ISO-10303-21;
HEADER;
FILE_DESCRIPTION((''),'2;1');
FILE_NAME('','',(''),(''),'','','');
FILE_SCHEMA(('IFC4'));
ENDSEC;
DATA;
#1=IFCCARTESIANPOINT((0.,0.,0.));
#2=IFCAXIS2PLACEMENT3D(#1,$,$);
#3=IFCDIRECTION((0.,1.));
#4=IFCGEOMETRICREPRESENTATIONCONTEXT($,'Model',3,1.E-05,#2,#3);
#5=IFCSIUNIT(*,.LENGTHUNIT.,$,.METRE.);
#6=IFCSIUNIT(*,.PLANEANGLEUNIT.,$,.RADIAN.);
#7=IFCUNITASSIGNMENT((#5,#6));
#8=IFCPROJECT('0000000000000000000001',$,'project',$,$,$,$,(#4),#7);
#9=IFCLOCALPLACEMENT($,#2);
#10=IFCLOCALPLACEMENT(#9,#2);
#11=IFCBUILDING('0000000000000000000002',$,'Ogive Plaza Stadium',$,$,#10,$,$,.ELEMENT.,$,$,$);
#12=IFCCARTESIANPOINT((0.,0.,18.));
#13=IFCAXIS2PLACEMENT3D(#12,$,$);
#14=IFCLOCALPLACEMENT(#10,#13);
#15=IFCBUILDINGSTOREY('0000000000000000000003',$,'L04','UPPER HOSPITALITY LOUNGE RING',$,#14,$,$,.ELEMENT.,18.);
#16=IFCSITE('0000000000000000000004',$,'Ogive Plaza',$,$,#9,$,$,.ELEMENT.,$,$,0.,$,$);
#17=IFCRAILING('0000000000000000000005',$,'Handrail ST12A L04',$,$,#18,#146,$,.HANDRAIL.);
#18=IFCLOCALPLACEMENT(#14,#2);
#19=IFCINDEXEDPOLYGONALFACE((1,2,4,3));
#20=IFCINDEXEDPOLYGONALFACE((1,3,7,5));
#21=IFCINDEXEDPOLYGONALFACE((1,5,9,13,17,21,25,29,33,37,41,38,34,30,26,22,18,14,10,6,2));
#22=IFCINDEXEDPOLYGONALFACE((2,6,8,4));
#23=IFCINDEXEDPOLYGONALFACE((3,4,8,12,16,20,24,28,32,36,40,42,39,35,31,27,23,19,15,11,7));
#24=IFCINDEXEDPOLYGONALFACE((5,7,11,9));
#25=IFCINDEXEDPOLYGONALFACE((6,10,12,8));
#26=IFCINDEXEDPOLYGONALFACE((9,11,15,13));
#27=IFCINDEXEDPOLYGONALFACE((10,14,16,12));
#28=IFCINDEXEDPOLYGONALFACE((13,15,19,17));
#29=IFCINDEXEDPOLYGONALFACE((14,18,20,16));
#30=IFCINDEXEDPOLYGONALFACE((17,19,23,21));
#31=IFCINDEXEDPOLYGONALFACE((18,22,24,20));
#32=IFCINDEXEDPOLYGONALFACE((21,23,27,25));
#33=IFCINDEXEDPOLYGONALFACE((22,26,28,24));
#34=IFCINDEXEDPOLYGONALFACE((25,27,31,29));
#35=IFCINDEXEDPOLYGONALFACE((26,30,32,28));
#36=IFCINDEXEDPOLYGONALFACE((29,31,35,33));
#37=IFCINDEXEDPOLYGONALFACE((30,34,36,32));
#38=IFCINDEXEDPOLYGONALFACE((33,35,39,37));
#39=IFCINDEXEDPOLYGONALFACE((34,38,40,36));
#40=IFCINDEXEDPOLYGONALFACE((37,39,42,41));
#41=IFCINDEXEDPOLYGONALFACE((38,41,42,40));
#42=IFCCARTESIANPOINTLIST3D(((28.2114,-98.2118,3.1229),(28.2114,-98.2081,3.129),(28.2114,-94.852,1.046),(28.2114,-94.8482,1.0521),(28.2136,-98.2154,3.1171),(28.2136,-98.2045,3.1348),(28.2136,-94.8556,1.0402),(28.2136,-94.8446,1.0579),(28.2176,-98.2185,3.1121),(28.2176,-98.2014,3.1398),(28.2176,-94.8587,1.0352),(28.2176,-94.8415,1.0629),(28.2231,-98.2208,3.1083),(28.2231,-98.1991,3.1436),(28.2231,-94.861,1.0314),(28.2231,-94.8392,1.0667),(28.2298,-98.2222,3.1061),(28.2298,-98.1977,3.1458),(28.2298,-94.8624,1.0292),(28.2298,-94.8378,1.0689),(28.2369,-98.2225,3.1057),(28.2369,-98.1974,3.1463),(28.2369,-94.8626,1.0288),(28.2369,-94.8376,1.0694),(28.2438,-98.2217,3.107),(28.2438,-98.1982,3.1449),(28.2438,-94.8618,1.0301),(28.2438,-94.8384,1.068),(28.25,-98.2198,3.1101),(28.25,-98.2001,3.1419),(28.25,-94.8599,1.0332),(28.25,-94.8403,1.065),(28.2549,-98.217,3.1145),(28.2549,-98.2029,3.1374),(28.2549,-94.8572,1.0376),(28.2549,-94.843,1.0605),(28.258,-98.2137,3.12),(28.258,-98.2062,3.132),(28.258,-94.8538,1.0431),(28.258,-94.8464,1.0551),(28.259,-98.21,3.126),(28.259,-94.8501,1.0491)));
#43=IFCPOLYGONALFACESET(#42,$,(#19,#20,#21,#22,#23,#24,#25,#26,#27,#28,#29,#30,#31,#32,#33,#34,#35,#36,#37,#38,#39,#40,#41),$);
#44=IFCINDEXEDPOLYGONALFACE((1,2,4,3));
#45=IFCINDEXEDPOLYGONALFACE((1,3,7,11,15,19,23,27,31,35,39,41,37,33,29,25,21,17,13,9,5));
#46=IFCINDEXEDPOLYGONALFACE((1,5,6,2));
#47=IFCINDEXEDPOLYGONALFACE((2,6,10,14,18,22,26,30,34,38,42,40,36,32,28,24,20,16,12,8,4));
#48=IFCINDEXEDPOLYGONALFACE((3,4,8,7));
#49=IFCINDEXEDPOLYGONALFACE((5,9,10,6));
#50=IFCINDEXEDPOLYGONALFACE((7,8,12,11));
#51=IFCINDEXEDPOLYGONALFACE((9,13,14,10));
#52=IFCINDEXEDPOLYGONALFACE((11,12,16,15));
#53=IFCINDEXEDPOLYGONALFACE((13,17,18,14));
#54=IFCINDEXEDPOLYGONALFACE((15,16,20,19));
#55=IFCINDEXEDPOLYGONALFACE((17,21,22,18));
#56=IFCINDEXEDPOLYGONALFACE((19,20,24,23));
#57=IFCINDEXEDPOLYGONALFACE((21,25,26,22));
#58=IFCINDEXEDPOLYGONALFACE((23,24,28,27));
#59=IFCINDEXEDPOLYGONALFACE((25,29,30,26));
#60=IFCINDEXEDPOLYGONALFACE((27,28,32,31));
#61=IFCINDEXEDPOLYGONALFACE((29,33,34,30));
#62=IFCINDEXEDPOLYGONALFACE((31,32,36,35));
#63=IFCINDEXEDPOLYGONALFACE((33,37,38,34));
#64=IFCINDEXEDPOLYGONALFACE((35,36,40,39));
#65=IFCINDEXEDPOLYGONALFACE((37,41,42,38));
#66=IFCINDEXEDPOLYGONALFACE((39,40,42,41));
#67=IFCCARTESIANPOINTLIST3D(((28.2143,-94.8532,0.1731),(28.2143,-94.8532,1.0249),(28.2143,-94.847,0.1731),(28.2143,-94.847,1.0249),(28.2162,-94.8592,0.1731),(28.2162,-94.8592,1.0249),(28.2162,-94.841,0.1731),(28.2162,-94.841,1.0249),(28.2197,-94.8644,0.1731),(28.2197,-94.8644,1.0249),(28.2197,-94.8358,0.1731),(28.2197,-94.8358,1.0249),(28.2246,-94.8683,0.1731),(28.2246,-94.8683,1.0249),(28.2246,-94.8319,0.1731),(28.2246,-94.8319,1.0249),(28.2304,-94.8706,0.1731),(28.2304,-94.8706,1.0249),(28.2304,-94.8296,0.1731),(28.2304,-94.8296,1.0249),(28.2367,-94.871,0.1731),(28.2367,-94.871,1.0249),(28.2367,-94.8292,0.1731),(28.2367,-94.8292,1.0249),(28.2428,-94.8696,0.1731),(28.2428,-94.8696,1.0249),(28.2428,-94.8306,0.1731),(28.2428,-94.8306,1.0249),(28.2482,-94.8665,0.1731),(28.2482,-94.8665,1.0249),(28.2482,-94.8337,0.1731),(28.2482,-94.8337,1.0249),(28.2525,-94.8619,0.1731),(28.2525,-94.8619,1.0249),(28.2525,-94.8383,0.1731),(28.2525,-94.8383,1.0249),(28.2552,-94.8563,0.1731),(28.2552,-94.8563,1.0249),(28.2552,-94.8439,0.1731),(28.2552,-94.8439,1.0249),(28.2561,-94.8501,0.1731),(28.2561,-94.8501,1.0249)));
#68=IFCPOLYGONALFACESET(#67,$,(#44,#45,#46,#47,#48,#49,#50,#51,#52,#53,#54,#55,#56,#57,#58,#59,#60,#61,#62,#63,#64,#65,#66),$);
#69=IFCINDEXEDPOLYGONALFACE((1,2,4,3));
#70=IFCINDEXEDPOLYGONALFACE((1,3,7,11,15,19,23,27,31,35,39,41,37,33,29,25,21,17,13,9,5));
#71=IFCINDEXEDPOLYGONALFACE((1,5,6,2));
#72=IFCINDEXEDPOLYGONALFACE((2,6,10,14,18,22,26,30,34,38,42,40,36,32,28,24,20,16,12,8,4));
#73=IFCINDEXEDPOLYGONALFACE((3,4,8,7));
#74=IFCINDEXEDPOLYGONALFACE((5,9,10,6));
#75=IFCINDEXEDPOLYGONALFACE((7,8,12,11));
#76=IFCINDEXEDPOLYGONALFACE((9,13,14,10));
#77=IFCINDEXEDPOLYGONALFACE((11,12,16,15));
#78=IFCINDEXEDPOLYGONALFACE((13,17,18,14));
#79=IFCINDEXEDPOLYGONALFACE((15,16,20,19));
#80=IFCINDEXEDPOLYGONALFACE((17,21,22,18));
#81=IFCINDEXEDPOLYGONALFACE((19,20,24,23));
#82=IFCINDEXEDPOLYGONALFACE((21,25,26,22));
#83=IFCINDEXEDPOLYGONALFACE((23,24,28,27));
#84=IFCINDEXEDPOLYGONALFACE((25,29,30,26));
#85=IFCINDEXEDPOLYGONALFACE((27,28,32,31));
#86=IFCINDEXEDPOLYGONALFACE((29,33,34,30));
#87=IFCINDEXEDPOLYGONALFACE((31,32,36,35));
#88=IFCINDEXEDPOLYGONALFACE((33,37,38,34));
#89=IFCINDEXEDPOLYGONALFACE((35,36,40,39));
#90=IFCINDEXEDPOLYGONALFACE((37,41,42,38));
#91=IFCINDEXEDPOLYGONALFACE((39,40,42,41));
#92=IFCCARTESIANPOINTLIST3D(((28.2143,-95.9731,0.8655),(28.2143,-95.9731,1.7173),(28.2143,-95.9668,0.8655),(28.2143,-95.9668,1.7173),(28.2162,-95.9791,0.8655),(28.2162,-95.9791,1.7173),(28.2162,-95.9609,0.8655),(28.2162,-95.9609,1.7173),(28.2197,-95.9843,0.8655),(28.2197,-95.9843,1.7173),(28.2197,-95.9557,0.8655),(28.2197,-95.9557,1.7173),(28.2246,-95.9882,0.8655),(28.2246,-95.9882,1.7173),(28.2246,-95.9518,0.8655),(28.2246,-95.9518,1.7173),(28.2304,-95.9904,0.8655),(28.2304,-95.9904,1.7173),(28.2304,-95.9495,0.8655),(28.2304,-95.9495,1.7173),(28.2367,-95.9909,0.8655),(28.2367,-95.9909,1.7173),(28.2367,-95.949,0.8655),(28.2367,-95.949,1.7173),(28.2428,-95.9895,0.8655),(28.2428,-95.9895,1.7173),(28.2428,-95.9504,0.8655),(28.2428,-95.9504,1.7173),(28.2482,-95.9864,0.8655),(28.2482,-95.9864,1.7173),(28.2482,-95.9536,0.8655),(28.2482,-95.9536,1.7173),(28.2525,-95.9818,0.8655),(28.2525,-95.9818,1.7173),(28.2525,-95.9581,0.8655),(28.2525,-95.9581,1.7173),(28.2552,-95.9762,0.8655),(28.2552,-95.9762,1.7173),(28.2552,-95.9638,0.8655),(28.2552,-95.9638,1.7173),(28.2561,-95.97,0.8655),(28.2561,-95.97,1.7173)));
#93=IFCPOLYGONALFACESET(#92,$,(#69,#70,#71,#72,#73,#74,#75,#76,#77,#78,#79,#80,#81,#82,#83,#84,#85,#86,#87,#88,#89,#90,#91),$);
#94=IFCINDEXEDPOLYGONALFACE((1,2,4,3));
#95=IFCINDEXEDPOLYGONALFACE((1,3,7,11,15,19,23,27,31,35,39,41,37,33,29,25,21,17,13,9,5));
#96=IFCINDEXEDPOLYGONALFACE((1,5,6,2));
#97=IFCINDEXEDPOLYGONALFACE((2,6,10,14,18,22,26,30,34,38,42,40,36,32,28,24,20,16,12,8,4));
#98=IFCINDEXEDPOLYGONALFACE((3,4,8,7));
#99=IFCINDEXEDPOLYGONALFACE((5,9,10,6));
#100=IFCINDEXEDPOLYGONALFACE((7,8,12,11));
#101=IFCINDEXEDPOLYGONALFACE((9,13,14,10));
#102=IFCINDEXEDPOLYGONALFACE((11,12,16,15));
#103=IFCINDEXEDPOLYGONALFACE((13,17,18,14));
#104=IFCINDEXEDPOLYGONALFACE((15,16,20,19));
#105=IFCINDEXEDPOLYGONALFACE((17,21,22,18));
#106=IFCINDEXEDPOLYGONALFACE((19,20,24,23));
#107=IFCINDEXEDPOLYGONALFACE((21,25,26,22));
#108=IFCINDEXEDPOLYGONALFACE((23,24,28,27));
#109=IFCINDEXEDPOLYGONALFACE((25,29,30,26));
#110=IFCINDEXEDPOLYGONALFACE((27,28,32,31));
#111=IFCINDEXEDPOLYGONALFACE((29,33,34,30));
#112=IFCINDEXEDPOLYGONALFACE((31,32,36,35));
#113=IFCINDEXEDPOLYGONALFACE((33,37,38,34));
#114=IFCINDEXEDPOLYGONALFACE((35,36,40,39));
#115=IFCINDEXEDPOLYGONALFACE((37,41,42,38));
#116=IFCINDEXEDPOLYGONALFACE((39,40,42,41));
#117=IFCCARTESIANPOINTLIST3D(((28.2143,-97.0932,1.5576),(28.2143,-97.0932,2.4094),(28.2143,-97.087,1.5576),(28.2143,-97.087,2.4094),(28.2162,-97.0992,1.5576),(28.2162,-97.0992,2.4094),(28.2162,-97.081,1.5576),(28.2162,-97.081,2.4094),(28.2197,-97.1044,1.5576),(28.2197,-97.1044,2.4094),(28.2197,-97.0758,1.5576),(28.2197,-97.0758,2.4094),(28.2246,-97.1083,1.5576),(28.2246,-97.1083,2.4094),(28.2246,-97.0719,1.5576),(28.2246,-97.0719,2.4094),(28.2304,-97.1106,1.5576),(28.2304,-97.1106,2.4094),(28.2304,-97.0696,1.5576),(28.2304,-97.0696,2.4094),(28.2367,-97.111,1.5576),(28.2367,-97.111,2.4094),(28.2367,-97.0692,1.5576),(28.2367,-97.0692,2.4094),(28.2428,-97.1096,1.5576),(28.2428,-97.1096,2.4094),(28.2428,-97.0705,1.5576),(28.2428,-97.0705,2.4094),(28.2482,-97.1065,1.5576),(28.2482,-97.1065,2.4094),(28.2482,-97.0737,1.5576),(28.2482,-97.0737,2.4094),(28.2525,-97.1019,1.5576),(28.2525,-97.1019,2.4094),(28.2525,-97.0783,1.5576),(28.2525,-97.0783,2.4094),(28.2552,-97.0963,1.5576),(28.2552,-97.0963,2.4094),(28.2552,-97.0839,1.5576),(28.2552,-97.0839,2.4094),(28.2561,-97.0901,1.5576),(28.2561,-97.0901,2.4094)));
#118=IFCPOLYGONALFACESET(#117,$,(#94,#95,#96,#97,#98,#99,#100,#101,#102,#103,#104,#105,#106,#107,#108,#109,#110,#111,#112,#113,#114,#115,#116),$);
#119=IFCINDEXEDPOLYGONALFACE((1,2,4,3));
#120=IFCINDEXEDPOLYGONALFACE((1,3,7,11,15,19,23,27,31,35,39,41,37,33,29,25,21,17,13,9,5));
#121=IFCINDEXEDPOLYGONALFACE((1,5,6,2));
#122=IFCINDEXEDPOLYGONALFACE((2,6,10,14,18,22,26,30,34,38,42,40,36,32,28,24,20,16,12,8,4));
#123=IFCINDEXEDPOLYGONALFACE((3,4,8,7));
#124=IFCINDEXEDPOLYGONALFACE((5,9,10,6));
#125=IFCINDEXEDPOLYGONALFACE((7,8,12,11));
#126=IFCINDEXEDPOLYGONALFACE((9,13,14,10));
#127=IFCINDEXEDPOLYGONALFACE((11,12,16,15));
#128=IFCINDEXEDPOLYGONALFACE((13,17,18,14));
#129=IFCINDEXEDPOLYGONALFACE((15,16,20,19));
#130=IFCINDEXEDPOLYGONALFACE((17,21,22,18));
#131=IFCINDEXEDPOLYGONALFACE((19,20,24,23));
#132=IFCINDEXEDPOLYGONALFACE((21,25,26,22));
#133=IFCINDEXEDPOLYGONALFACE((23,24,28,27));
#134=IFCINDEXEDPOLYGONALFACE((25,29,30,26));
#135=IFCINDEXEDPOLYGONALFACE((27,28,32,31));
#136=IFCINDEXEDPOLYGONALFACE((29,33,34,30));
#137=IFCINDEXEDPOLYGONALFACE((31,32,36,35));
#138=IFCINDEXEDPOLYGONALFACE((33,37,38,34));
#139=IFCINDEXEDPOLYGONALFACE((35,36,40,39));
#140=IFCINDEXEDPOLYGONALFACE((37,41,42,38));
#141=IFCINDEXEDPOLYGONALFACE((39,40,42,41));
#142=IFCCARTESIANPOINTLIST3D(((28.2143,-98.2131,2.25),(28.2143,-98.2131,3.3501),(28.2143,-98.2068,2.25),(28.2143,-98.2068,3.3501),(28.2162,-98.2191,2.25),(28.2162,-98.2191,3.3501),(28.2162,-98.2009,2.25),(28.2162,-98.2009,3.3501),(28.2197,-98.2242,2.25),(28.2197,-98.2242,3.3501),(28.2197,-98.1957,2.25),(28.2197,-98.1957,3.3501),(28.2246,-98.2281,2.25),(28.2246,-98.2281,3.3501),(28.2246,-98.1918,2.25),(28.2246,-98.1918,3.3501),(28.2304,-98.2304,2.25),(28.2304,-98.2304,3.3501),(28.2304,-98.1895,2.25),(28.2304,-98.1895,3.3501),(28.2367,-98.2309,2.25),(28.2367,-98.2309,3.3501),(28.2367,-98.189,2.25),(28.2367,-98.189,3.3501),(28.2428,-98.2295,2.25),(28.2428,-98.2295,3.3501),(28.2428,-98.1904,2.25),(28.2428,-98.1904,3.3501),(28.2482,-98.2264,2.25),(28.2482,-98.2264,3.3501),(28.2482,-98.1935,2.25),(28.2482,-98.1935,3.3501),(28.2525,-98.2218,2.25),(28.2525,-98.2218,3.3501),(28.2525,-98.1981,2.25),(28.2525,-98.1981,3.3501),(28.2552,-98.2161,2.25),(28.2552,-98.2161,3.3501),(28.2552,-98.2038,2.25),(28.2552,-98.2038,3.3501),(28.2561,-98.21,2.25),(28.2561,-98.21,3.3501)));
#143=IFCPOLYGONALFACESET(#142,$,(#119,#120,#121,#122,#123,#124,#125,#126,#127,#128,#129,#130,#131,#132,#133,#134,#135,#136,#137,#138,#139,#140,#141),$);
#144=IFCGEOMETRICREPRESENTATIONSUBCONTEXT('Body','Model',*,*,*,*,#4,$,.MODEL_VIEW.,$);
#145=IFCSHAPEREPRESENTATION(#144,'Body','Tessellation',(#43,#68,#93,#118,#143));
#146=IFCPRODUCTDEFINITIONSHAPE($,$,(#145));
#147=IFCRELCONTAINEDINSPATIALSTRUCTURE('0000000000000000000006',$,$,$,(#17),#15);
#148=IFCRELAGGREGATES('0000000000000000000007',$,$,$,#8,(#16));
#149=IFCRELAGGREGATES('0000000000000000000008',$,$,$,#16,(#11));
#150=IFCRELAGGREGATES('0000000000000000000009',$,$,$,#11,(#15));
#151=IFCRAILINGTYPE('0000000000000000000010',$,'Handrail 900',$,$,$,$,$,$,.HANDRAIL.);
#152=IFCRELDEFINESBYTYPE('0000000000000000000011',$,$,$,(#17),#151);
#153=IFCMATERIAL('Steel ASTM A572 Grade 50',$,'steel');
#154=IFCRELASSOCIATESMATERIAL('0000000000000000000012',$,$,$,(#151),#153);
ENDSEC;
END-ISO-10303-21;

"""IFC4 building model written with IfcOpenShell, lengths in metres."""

from ifc_helpers import new_model, si_unit, direction, frame, origin, origin_2d, place, context, subcontext, project, spatial, circle, extrude, material, type_object, element, save


model = new_model("IFC4")

# Units and contexts
model_context = context("Model", 3, precision=1e-05, world=origin(), true_north=direction((0.0, 1.0)))
body_context = subcontext(model_context, "Body", "Model", "MODEL_VIEW")
ifc_project = project(units=[si_unit("LENGTHUNIT", "METRE"), si_unit("PLANEANGLEUNIT", "RADIAN")], contexts=[model_context])

# Site, building, storey
site_placement = place(None, origin())
site = spatial("IfcSite", under=ifc_project, at=site_placement, Name="Ogive Plaza", CompositionType="ELEMENT", RefElevation=0.0)
building_placement = place(site_placement, origin())
building = spatial("IfcBuilding", under=site, at=building_placement, Name="Ogive Plaza Stadium", CompositionType="ELEMENT")
storey_placement = place(building_placement, frame((0.0, 0.0, 18.0)))
storey = spatial("IfcBuildingStorey", under=building, at=storey_placement, Name="L04", Description="UPPER HOSPITALITY LOUNGE RING", CompositionType="ELEMENT", Elevation=18.0)

# Railing
ifc_material_1 = material(Name="Steel ASTM A572 Grade 50", Category="steel")
railing_type_1 = type_object("IfcRailingType", Name="Handrail 900", PredefinedType="HANDRAIL", material=ifc_material_1)
for number, where, name in (
    (1, (28.2351, -94.8501, 0.1731), "Handrail ST12A L04"),
):
    element("IfcRailing", number, at=place(storey_placement, frame(where)), inside=storey, type_object=railing_type_1, Name=name, PredefinedType="HANDRAIL", context=body_context, shape_type="SweptSolid", body=[
        extrude(circle(Radius=0.0239, at=origin_2d()), frame((0.0, 0.0, 0.876), z_axis=(0.0, -0.850606, 0.525803), x_axis=(1.0, 0.0, 0.0)), (0.0, 0.0, 1.0), 3.95),
        extrude(circle(Radius=0.021, at=origin_2d()), origin(), (0.0, 0.0, 1.0), 0.8518),
        extrude(circle(Radius=0.021, at=origin_2d()), frame((0.0, -1.1199, 0.6924)), (0.0, 0.0, 1.0), 0.8518),
        extrude(circle(Radius=0.021, at=origin_2d()), frame((0.0, -2.24, 1.3845)), (0.0, 0.0, 1.0), 0.8518),
        extrude(circle(Radius=0.021, at=origin_2d()), frame((0.0, -3.3599, 2.0769)), (0.0, 0.0, 1.0), 1.1001),
    ])

save(model, "model.ifc")
